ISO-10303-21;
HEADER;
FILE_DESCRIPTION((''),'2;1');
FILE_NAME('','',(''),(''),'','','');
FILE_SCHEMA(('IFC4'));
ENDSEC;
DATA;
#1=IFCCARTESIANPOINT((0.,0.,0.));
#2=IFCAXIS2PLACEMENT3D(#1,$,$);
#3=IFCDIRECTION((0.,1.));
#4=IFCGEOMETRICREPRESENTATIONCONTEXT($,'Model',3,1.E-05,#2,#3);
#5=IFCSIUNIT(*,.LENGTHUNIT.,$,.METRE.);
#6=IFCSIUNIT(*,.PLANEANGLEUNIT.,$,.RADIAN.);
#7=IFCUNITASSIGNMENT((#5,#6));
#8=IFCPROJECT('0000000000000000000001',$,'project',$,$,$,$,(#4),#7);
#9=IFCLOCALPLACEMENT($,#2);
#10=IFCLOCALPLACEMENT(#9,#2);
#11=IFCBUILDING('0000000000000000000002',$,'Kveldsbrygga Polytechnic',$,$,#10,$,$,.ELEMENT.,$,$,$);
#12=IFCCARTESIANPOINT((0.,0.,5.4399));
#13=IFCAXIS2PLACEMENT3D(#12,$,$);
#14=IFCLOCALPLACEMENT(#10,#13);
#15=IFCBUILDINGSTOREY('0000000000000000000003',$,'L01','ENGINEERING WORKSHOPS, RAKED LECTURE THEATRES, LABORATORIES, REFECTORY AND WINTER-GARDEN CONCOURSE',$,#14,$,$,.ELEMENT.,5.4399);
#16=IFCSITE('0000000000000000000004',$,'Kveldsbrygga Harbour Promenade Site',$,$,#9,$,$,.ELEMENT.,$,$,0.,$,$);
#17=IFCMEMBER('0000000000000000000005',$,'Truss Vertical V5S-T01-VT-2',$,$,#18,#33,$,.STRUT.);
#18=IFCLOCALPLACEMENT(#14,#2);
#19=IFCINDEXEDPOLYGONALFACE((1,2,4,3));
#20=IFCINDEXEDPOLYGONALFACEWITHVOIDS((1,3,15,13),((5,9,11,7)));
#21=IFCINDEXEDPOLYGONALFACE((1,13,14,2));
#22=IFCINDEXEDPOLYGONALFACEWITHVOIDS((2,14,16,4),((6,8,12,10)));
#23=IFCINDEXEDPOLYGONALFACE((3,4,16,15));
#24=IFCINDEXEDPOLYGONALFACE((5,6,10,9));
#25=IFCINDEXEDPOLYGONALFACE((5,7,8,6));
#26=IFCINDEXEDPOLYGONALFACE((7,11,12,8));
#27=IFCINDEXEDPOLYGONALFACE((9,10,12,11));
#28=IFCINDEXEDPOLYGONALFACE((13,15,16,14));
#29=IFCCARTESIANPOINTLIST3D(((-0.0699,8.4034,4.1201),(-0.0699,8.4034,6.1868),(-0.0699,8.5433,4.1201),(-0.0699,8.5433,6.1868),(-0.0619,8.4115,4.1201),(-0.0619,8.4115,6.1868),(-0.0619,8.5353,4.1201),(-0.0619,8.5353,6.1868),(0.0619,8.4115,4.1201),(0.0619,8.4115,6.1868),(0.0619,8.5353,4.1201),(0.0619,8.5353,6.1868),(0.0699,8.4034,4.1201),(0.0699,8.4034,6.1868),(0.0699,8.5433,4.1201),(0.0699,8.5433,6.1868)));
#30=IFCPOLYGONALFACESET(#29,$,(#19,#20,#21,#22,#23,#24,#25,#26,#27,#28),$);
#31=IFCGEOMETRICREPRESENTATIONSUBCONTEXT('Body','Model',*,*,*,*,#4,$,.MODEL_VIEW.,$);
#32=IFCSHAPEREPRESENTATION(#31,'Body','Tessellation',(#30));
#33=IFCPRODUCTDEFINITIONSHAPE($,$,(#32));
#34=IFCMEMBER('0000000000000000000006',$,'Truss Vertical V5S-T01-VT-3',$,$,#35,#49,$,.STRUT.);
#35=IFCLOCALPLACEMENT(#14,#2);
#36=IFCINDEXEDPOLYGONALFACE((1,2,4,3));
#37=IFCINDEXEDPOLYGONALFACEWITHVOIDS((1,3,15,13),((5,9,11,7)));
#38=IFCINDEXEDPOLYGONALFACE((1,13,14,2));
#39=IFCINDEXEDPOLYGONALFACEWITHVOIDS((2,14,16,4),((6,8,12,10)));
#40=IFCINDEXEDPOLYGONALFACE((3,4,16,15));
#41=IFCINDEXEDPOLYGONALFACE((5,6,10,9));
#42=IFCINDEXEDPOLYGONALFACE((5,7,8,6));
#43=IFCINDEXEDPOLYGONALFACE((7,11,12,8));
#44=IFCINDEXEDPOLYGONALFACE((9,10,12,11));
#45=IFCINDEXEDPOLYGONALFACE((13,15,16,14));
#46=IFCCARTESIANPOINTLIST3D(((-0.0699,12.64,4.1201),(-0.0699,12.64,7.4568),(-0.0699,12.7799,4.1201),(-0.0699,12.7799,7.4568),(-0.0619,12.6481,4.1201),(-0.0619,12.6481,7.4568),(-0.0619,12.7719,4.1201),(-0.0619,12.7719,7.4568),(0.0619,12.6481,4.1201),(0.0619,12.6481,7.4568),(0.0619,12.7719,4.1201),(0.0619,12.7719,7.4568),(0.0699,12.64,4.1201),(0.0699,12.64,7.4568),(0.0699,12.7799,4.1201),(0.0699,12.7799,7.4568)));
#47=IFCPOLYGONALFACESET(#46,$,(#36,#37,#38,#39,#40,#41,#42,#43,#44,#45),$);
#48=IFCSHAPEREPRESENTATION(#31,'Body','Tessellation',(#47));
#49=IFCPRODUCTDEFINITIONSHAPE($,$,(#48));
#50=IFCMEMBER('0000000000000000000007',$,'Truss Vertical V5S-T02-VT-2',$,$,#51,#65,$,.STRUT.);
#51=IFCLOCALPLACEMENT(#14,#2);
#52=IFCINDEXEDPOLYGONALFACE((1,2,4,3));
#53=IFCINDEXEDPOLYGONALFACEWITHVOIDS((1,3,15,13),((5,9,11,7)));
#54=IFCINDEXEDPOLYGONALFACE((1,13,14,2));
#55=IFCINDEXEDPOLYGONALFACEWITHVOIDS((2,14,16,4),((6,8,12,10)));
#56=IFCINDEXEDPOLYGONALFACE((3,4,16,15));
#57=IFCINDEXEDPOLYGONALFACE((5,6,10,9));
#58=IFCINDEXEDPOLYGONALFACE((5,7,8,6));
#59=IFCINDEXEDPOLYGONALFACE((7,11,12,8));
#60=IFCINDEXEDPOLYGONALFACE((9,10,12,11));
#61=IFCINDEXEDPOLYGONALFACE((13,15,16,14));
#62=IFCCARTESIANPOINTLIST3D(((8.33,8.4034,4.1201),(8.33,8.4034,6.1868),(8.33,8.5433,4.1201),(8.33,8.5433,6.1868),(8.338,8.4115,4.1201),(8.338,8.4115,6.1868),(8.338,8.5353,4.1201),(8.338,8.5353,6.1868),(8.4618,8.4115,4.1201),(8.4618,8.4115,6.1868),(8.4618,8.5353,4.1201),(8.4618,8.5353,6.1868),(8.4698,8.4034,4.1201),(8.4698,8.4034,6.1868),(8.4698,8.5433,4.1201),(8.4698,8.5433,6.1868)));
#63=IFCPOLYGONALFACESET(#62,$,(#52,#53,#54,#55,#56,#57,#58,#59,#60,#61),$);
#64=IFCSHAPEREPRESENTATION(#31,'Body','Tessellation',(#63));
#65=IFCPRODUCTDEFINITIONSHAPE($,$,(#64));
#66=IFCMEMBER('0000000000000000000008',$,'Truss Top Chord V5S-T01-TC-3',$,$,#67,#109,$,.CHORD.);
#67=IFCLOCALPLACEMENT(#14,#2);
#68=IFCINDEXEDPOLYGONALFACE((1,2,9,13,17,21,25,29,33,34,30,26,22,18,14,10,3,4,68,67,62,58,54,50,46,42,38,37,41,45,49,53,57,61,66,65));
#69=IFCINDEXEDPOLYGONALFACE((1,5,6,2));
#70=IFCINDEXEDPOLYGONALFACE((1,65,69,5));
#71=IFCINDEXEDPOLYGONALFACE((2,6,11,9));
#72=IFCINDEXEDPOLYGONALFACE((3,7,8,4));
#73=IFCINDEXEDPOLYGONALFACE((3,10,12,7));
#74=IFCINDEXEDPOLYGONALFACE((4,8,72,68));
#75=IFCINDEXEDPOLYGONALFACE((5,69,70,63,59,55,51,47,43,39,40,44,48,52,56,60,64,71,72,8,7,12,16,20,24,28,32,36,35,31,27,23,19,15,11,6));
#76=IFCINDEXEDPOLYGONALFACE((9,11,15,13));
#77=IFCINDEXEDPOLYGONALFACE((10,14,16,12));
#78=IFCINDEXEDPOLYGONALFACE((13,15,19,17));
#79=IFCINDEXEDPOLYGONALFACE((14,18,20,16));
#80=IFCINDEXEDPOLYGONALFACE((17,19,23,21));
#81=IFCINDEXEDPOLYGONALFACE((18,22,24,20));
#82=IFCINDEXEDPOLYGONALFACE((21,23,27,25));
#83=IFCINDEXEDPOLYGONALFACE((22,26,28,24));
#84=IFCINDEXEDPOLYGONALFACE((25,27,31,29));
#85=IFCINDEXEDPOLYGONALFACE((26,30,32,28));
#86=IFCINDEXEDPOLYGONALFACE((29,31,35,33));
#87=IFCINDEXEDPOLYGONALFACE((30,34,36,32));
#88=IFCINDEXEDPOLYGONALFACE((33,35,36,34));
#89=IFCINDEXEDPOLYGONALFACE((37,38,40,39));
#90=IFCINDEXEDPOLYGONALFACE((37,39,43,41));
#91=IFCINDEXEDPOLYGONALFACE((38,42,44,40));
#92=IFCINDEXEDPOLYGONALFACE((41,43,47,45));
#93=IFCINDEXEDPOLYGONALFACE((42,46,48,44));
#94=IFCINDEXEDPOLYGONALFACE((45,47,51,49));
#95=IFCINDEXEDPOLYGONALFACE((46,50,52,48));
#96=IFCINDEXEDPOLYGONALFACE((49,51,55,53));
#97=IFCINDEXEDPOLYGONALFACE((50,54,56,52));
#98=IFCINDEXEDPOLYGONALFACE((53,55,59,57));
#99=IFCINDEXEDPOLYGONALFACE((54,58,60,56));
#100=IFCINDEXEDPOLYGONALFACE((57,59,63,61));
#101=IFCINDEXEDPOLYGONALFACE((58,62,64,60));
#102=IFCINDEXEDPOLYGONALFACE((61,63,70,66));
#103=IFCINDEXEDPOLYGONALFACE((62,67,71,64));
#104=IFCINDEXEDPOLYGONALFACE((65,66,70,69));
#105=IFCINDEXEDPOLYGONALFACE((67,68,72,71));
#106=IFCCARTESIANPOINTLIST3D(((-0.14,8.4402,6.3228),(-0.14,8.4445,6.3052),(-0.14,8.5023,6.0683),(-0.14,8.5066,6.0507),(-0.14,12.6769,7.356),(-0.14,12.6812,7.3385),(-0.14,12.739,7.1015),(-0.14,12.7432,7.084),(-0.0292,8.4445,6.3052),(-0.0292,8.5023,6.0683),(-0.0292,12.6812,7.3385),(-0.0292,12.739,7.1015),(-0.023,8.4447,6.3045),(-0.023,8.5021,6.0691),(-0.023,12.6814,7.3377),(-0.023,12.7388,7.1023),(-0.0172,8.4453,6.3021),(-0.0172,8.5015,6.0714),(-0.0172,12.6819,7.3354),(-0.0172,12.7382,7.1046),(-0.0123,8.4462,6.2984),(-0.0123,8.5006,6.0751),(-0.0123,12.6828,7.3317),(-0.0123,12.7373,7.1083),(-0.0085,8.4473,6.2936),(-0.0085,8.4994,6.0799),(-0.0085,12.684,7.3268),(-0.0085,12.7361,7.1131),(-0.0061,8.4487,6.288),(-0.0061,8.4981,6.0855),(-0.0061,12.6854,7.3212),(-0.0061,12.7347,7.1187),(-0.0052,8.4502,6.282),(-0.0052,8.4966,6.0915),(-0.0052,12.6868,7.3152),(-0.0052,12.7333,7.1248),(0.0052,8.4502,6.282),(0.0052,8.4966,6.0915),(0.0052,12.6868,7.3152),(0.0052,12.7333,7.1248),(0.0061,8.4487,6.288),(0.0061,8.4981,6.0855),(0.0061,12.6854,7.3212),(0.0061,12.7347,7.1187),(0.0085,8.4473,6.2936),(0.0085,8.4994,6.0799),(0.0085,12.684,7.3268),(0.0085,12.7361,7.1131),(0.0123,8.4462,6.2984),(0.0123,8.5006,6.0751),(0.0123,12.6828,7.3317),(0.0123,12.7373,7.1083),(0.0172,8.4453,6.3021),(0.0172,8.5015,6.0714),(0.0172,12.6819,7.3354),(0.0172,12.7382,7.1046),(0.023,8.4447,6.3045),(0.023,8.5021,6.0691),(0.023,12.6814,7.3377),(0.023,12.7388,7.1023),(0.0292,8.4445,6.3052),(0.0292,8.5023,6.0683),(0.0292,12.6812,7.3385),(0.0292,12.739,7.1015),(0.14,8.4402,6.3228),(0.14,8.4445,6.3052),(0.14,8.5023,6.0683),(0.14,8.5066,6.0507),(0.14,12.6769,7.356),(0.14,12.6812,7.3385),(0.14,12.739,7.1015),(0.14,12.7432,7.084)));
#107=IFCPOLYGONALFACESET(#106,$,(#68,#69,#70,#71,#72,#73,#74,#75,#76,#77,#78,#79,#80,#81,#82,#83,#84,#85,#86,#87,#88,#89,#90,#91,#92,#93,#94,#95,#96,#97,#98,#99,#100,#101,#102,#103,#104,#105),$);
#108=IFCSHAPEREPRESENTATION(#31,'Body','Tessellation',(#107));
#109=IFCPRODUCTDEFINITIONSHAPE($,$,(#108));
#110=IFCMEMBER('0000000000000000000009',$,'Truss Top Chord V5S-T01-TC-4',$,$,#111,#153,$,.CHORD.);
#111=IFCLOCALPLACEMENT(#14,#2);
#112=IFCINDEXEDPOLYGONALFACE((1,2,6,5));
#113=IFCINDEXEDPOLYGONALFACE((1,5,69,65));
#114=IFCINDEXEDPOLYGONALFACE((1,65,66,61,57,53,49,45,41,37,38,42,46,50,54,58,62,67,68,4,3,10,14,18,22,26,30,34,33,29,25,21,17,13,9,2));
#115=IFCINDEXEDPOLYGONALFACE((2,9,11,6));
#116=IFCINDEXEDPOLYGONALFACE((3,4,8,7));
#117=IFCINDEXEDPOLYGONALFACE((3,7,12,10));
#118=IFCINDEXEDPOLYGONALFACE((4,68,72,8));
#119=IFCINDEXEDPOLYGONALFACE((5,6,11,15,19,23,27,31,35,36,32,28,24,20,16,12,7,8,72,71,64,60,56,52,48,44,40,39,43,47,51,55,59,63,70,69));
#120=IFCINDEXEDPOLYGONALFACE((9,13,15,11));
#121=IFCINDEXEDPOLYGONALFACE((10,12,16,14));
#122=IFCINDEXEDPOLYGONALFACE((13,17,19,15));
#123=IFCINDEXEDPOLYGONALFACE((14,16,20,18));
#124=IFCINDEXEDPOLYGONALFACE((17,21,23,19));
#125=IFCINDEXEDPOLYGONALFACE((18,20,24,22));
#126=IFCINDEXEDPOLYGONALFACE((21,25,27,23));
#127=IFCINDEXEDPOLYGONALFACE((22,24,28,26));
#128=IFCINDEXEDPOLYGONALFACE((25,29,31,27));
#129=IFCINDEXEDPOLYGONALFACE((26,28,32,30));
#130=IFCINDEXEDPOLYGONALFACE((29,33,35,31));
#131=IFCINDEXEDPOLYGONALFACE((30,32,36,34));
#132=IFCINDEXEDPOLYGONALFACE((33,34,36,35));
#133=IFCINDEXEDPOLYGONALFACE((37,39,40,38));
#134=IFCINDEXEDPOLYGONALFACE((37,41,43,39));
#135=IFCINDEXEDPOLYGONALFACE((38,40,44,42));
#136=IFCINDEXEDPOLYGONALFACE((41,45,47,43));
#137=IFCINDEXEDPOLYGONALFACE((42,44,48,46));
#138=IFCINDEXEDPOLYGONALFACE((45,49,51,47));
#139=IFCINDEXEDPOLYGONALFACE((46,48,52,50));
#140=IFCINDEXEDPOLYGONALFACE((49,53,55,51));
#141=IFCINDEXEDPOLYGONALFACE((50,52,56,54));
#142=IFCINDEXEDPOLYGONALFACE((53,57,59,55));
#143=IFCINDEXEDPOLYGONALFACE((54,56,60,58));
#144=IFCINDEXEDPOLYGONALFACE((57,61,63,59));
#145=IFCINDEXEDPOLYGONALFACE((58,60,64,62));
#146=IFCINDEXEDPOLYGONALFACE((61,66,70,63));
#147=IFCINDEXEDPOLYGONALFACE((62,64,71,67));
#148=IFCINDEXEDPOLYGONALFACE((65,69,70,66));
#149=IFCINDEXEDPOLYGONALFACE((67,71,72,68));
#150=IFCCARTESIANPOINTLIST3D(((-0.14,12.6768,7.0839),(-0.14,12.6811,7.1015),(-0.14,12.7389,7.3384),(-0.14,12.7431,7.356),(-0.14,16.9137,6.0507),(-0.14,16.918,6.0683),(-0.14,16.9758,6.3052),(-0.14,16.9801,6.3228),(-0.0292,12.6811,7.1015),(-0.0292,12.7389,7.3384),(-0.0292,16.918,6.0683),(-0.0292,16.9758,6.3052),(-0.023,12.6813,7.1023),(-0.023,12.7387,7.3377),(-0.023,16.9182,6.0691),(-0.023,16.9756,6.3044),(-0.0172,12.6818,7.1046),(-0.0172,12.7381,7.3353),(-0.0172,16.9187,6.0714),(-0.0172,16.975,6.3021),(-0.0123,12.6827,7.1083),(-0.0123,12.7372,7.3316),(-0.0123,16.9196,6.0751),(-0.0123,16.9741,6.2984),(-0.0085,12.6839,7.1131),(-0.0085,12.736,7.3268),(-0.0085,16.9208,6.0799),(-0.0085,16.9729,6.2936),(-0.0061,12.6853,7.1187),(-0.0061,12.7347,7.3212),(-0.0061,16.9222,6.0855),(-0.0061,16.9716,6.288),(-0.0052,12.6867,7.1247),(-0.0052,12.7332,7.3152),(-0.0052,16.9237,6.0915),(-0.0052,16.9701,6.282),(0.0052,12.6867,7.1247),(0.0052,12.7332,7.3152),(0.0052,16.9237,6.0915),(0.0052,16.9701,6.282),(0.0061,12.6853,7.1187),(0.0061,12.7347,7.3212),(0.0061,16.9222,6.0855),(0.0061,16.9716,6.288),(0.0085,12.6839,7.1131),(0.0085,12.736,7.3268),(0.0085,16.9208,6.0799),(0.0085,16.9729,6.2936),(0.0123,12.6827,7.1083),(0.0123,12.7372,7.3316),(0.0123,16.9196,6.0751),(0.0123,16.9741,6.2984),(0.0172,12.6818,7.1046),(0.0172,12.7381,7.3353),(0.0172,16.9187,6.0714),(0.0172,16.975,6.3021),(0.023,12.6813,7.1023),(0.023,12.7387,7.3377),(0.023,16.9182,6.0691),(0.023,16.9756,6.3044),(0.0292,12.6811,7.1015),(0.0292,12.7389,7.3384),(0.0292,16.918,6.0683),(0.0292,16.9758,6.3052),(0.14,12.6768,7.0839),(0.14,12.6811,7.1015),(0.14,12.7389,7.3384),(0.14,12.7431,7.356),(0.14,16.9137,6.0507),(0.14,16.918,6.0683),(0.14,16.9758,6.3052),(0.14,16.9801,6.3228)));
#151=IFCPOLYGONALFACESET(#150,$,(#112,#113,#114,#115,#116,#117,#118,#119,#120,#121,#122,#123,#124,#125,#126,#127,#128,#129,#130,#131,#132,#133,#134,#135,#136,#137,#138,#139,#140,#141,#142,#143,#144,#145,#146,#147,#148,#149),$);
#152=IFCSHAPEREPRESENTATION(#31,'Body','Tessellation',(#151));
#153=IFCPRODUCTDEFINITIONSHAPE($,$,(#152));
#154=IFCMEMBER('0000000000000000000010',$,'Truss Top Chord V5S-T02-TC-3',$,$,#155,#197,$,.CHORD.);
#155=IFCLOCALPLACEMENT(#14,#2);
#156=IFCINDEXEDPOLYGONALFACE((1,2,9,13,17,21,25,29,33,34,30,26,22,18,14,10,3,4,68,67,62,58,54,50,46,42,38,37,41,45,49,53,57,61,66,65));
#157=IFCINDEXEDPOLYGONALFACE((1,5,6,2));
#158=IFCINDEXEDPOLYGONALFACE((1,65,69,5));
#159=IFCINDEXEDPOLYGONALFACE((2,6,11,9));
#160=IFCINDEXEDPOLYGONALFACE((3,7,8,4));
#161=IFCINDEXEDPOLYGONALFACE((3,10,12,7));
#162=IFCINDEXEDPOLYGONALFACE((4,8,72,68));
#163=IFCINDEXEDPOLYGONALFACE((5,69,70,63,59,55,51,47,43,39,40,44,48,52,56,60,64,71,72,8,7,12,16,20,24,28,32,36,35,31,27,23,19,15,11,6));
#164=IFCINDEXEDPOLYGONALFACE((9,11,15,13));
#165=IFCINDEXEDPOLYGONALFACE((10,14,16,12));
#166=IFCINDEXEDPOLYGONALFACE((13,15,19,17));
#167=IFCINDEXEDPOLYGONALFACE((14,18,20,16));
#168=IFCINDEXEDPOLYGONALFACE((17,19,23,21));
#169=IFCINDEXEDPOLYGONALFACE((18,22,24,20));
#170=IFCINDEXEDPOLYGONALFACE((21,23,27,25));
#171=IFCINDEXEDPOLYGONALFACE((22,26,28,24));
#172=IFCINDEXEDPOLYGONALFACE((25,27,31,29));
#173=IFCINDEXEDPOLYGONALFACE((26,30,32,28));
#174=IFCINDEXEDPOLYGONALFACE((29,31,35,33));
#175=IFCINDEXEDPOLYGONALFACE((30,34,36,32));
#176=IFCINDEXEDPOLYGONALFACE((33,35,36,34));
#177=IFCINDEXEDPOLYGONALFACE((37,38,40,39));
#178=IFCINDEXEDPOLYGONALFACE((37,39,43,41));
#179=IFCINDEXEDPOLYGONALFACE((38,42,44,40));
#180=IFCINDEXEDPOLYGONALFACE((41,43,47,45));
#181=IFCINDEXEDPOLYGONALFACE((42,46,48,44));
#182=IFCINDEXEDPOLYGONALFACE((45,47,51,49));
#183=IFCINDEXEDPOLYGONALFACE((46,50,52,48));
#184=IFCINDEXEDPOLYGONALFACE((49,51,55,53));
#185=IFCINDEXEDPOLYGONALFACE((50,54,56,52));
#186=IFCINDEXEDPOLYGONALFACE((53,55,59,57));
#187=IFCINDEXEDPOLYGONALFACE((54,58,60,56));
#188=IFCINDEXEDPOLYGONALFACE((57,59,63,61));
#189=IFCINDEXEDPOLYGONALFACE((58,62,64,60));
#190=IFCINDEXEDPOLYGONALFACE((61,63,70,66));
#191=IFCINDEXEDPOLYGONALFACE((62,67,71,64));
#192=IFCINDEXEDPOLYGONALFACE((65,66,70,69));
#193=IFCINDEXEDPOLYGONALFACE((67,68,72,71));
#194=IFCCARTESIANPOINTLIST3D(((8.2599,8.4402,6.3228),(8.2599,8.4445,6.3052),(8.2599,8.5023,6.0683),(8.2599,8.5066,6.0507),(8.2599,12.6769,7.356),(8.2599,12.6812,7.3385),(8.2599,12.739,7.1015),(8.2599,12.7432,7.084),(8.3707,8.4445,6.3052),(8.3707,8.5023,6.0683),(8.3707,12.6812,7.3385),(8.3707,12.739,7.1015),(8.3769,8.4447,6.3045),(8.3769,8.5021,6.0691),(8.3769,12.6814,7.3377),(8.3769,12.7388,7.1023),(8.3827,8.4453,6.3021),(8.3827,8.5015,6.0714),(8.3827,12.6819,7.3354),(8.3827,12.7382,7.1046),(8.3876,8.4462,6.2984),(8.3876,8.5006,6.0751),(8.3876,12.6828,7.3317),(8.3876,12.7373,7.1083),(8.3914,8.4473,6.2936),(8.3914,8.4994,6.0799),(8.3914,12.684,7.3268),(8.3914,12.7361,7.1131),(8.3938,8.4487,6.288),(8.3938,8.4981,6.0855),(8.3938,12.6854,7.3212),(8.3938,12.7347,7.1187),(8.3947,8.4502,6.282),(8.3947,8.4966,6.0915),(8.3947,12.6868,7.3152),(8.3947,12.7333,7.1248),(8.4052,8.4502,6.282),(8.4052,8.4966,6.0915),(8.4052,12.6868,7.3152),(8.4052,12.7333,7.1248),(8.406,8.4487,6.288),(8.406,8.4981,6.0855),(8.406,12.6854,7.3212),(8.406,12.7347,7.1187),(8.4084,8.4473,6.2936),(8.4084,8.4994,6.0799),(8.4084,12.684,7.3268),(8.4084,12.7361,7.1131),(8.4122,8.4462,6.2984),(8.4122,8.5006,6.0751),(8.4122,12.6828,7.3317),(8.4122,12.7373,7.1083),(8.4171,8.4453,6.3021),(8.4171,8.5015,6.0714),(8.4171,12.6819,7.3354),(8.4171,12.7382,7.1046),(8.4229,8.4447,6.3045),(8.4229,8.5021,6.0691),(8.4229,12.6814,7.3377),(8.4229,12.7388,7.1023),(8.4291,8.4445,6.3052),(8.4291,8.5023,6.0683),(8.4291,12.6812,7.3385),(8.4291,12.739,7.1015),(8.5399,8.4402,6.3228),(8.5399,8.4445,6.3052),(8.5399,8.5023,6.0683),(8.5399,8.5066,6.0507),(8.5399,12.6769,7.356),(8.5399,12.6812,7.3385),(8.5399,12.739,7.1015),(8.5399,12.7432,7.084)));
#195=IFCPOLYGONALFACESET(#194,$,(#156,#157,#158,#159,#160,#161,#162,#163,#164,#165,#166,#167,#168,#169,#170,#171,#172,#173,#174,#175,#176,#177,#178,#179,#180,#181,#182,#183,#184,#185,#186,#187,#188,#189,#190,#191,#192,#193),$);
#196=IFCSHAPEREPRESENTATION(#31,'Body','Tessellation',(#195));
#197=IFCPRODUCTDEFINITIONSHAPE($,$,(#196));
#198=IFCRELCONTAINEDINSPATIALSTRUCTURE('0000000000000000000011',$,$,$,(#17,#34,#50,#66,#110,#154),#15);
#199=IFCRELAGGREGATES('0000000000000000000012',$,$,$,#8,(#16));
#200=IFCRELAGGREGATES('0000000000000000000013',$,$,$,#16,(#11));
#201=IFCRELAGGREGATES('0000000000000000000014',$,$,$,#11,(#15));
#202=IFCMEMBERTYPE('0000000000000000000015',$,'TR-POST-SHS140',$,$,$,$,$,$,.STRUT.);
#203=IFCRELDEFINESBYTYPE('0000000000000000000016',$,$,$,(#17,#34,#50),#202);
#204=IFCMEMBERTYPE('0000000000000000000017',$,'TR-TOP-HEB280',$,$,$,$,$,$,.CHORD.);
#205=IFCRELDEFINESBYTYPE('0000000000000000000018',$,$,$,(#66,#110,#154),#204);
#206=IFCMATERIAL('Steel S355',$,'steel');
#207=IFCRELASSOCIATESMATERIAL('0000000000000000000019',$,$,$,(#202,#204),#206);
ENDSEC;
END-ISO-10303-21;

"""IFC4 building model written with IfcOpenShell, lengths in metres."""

from ifc_helpers import new_model, si_unit, direction, frame, origin, origin_2d, place, context, subcontext, project, spatial, hollow_rectangle, i_section, extrude, material, material_profile, profile_set, type_object, element, save


model = new_model("IFC4")

# Units and contexts
model_context = context("Model", 3, precision=1e-05, world=origin(), true_north=direction((0.0, 1.0)))
body_context = subcontext(model_context, "Body", "Model", "MODEL_VIEW")
ifc_project = project(units=[si_unit("LENGTHUNIT", "METRE"), si_unit("PLANEANGLEUNIT", "RADIAN")], contexts=[model_context])

# Site, building, storey
site_placement = place(None, origin())
site = spatial("IfcSite", under=ifc_project, at=site_placement, Name="Kveldsbrygga Harbour Promenade Site", CompositionType="ELEMENT", RefElevation=0.0)
building_placement = place(site_placement, origin())
building = spatial("IfcBuilding", under=site, at=building_placement, Name="Kveldsbrygga Polytechnic", CompositionType="ELEMENT")
storey_placement = place(building_placement, frame((0.0, 0.0, 5.4399)))
storey = spatial("IfcBuildingStorey", under=building, at=storey_placement, Name="L01", Description="ENGINEERING WORKSHOPS, RAKED LECTURE THEATRES, LABORATORIES, REFECTORY AND WINTER-GARDEN CONCOURSE", CompositionType="ELEMENT", Elevation=5.4399)

# Members
ifc_material_1 = material(Name="Steel S355", Category="steel")
ifc_material_profile_1 = material_profile(ifc_material_1, hollow_rectangle(XDim=0.1399, YDim=0.1399, WallThickness=0.0081, at=origin_2d()), Name="SHS 140x140x8.0")
ifc_profile_set_1 = profile_set([ifc_material_profile_1], Name="Steel S355")
member_type_1 = type_object("IfcMemberType", Name="TR-POST-SHS140", PredefinedType="STRUT", material=ifc_profile_set_1)
member_1_placement = place(storey_placement, frame((0.0, 8.4734, 4.1201), z_axis=(0.0, 0.0, 1.0), x_axis=(1.0, 0.0, 0.0)))
element("IfcMember", 1, at=member_1_placement, inside=storey, type_object=member_type_1, Name="Truss Vertical V5S-T01-VT-2", PredefinedType="STRUT", context=body_context, shape_type="SweptSolid", body=[
    extrude(hollow_rectangle(XDim=0.1399, YDim=0.1399, WallThickness=0.0081, at=origin_2d()), origin(), (0.0, 0.0, 1.0), 2.0667),
])
member_2_placement = place(storey_placement, frame((0.0, 12.71, 4.1201), z_axis=(0.0, 0.0, 1.0), x_axis=(1.0, 0.0, 0.0)))
element("IfcMember", 2, at=member_2_placement, inside=storey, type_object=member_type_1, Name="Truss Vertical V5S-T01-VT-3", PredefinedType="STRUT", context=body_context, shape_type="SweptSolid", body=[
    extrude(hollow_rectangle(XDim=0.1399, YDim=0.1399, WallThickness=0.0081, at=origin_2d()), origin(), (0.0, 0.0, 1.0), 3.3367),
])
member_3_placement = place(storey_placement, frame((8.3999, 8.4734, 4.1201), z_axis=(0.0, 0.0, 1.0), x_axis=(1.0, 0.0, 0.0)))
element("IfcMember", 3, at=member_3_placement, inside=storey, type_object=member_type_1, Name="Truss Vertical V5S-T02-VT-2", PredefinedType="STRUT", context=body_context, shape_type="SweptSolid", body=[
    extrude(hollow_rectangle(XDim=0.1399, YDim=0.1399, WallThickness=0.0081, at=origin_2d()), origin(), (0.0, 0.0, 1.0), 2.0667),
])
ifc_material_profile_2 = material_profile(ifc_material_1, i_section(OverallWidth=0.28, OverallDepth=0.28, WebThickness=0.0105, FlangeThickness=0.0181, FilletRadius=0.0239, at=origin_2d()), Name="HEB 280")
ifc_profile_set_2 = profile_set([ifc_material_profile_2], Name="Steel S355")
member_type_2 = type_object("IfcMemberType", Name="TR-TOP-HEB280", PredefinedType="CHORD", material=ifc_profile_set_2)
member_4_placement = place(storey_placement, frame((0.0, 8.4734, 6.1868), z_axis=(0.0, 0.971526, 0.236933), x_axis=(-1.0, 0.0, 0.0)))
element("IfcMember", 4, at=member_4_placement, inside=storey, type_object=member_type_2, Name="Truss Top Chord V5S-T01-TC-3", PredefinedType="CHORD", context=body_context, shape_type="SweptSolid", body=[
    extrude(i_section(OverallWidth=0.28, OverallDepth=0.28, WebThickness=0.0105, FlangeThickness=0.0181, FilletRadius=0.0239, at=origin_2d()), origin(), (0.0, 0.0, 1.0), 4.3608),
])
member_5_placement = place(storey_placement, frame((0.0, 12.71, 7.22), z_axis=(0.0, 0.971529, -0.23692), x_axis=(-1.0, 0.0, 0.0)))
element("IfcMember", 5, at=member_5_placement, inside=storey, type_object=member_type_2, Name="Truss Top Chord V5S-T01-TC-4", PredefinedType="CHORD", context=body_context, shape_type="SweptSolid", body=[
    extrude(i_section(OverallWidth=0.28, OverallDepth=0.28, WebThickness=0.0105, FlangeThickness=0.0181, FilletRadius=0.0239, at=origin_2d()), origin(), (0.0, 0.0, 1.0), 4.3611),
])
member_6_placement = place(storey_placement, frame((8.3999, 8.4734, 6.1868), z_axis=(0.0, 0.971526, 0.236933), x_axis=(-1.0, 0.0, 0.0)))
element("IfcMember", 6, at=member_6_placement, inside=storey, type_object=member_type_2, Name="Truss Top Chord V5S-T02-TC-3", PredefinedType="CHORD", context=body_context, shape_type="SweptSolid", body=[
    extrude(i_section(OverallWidth=0.28, OverallDepth=0.28, WebThickness=0.0105, FlangeThickness=0.0181, FilletRadius=0.0239, at=origin_2d()), origin(), (0.0, 0.0, 1.0), 4.3608),
])

save(model, "model.ifc")
